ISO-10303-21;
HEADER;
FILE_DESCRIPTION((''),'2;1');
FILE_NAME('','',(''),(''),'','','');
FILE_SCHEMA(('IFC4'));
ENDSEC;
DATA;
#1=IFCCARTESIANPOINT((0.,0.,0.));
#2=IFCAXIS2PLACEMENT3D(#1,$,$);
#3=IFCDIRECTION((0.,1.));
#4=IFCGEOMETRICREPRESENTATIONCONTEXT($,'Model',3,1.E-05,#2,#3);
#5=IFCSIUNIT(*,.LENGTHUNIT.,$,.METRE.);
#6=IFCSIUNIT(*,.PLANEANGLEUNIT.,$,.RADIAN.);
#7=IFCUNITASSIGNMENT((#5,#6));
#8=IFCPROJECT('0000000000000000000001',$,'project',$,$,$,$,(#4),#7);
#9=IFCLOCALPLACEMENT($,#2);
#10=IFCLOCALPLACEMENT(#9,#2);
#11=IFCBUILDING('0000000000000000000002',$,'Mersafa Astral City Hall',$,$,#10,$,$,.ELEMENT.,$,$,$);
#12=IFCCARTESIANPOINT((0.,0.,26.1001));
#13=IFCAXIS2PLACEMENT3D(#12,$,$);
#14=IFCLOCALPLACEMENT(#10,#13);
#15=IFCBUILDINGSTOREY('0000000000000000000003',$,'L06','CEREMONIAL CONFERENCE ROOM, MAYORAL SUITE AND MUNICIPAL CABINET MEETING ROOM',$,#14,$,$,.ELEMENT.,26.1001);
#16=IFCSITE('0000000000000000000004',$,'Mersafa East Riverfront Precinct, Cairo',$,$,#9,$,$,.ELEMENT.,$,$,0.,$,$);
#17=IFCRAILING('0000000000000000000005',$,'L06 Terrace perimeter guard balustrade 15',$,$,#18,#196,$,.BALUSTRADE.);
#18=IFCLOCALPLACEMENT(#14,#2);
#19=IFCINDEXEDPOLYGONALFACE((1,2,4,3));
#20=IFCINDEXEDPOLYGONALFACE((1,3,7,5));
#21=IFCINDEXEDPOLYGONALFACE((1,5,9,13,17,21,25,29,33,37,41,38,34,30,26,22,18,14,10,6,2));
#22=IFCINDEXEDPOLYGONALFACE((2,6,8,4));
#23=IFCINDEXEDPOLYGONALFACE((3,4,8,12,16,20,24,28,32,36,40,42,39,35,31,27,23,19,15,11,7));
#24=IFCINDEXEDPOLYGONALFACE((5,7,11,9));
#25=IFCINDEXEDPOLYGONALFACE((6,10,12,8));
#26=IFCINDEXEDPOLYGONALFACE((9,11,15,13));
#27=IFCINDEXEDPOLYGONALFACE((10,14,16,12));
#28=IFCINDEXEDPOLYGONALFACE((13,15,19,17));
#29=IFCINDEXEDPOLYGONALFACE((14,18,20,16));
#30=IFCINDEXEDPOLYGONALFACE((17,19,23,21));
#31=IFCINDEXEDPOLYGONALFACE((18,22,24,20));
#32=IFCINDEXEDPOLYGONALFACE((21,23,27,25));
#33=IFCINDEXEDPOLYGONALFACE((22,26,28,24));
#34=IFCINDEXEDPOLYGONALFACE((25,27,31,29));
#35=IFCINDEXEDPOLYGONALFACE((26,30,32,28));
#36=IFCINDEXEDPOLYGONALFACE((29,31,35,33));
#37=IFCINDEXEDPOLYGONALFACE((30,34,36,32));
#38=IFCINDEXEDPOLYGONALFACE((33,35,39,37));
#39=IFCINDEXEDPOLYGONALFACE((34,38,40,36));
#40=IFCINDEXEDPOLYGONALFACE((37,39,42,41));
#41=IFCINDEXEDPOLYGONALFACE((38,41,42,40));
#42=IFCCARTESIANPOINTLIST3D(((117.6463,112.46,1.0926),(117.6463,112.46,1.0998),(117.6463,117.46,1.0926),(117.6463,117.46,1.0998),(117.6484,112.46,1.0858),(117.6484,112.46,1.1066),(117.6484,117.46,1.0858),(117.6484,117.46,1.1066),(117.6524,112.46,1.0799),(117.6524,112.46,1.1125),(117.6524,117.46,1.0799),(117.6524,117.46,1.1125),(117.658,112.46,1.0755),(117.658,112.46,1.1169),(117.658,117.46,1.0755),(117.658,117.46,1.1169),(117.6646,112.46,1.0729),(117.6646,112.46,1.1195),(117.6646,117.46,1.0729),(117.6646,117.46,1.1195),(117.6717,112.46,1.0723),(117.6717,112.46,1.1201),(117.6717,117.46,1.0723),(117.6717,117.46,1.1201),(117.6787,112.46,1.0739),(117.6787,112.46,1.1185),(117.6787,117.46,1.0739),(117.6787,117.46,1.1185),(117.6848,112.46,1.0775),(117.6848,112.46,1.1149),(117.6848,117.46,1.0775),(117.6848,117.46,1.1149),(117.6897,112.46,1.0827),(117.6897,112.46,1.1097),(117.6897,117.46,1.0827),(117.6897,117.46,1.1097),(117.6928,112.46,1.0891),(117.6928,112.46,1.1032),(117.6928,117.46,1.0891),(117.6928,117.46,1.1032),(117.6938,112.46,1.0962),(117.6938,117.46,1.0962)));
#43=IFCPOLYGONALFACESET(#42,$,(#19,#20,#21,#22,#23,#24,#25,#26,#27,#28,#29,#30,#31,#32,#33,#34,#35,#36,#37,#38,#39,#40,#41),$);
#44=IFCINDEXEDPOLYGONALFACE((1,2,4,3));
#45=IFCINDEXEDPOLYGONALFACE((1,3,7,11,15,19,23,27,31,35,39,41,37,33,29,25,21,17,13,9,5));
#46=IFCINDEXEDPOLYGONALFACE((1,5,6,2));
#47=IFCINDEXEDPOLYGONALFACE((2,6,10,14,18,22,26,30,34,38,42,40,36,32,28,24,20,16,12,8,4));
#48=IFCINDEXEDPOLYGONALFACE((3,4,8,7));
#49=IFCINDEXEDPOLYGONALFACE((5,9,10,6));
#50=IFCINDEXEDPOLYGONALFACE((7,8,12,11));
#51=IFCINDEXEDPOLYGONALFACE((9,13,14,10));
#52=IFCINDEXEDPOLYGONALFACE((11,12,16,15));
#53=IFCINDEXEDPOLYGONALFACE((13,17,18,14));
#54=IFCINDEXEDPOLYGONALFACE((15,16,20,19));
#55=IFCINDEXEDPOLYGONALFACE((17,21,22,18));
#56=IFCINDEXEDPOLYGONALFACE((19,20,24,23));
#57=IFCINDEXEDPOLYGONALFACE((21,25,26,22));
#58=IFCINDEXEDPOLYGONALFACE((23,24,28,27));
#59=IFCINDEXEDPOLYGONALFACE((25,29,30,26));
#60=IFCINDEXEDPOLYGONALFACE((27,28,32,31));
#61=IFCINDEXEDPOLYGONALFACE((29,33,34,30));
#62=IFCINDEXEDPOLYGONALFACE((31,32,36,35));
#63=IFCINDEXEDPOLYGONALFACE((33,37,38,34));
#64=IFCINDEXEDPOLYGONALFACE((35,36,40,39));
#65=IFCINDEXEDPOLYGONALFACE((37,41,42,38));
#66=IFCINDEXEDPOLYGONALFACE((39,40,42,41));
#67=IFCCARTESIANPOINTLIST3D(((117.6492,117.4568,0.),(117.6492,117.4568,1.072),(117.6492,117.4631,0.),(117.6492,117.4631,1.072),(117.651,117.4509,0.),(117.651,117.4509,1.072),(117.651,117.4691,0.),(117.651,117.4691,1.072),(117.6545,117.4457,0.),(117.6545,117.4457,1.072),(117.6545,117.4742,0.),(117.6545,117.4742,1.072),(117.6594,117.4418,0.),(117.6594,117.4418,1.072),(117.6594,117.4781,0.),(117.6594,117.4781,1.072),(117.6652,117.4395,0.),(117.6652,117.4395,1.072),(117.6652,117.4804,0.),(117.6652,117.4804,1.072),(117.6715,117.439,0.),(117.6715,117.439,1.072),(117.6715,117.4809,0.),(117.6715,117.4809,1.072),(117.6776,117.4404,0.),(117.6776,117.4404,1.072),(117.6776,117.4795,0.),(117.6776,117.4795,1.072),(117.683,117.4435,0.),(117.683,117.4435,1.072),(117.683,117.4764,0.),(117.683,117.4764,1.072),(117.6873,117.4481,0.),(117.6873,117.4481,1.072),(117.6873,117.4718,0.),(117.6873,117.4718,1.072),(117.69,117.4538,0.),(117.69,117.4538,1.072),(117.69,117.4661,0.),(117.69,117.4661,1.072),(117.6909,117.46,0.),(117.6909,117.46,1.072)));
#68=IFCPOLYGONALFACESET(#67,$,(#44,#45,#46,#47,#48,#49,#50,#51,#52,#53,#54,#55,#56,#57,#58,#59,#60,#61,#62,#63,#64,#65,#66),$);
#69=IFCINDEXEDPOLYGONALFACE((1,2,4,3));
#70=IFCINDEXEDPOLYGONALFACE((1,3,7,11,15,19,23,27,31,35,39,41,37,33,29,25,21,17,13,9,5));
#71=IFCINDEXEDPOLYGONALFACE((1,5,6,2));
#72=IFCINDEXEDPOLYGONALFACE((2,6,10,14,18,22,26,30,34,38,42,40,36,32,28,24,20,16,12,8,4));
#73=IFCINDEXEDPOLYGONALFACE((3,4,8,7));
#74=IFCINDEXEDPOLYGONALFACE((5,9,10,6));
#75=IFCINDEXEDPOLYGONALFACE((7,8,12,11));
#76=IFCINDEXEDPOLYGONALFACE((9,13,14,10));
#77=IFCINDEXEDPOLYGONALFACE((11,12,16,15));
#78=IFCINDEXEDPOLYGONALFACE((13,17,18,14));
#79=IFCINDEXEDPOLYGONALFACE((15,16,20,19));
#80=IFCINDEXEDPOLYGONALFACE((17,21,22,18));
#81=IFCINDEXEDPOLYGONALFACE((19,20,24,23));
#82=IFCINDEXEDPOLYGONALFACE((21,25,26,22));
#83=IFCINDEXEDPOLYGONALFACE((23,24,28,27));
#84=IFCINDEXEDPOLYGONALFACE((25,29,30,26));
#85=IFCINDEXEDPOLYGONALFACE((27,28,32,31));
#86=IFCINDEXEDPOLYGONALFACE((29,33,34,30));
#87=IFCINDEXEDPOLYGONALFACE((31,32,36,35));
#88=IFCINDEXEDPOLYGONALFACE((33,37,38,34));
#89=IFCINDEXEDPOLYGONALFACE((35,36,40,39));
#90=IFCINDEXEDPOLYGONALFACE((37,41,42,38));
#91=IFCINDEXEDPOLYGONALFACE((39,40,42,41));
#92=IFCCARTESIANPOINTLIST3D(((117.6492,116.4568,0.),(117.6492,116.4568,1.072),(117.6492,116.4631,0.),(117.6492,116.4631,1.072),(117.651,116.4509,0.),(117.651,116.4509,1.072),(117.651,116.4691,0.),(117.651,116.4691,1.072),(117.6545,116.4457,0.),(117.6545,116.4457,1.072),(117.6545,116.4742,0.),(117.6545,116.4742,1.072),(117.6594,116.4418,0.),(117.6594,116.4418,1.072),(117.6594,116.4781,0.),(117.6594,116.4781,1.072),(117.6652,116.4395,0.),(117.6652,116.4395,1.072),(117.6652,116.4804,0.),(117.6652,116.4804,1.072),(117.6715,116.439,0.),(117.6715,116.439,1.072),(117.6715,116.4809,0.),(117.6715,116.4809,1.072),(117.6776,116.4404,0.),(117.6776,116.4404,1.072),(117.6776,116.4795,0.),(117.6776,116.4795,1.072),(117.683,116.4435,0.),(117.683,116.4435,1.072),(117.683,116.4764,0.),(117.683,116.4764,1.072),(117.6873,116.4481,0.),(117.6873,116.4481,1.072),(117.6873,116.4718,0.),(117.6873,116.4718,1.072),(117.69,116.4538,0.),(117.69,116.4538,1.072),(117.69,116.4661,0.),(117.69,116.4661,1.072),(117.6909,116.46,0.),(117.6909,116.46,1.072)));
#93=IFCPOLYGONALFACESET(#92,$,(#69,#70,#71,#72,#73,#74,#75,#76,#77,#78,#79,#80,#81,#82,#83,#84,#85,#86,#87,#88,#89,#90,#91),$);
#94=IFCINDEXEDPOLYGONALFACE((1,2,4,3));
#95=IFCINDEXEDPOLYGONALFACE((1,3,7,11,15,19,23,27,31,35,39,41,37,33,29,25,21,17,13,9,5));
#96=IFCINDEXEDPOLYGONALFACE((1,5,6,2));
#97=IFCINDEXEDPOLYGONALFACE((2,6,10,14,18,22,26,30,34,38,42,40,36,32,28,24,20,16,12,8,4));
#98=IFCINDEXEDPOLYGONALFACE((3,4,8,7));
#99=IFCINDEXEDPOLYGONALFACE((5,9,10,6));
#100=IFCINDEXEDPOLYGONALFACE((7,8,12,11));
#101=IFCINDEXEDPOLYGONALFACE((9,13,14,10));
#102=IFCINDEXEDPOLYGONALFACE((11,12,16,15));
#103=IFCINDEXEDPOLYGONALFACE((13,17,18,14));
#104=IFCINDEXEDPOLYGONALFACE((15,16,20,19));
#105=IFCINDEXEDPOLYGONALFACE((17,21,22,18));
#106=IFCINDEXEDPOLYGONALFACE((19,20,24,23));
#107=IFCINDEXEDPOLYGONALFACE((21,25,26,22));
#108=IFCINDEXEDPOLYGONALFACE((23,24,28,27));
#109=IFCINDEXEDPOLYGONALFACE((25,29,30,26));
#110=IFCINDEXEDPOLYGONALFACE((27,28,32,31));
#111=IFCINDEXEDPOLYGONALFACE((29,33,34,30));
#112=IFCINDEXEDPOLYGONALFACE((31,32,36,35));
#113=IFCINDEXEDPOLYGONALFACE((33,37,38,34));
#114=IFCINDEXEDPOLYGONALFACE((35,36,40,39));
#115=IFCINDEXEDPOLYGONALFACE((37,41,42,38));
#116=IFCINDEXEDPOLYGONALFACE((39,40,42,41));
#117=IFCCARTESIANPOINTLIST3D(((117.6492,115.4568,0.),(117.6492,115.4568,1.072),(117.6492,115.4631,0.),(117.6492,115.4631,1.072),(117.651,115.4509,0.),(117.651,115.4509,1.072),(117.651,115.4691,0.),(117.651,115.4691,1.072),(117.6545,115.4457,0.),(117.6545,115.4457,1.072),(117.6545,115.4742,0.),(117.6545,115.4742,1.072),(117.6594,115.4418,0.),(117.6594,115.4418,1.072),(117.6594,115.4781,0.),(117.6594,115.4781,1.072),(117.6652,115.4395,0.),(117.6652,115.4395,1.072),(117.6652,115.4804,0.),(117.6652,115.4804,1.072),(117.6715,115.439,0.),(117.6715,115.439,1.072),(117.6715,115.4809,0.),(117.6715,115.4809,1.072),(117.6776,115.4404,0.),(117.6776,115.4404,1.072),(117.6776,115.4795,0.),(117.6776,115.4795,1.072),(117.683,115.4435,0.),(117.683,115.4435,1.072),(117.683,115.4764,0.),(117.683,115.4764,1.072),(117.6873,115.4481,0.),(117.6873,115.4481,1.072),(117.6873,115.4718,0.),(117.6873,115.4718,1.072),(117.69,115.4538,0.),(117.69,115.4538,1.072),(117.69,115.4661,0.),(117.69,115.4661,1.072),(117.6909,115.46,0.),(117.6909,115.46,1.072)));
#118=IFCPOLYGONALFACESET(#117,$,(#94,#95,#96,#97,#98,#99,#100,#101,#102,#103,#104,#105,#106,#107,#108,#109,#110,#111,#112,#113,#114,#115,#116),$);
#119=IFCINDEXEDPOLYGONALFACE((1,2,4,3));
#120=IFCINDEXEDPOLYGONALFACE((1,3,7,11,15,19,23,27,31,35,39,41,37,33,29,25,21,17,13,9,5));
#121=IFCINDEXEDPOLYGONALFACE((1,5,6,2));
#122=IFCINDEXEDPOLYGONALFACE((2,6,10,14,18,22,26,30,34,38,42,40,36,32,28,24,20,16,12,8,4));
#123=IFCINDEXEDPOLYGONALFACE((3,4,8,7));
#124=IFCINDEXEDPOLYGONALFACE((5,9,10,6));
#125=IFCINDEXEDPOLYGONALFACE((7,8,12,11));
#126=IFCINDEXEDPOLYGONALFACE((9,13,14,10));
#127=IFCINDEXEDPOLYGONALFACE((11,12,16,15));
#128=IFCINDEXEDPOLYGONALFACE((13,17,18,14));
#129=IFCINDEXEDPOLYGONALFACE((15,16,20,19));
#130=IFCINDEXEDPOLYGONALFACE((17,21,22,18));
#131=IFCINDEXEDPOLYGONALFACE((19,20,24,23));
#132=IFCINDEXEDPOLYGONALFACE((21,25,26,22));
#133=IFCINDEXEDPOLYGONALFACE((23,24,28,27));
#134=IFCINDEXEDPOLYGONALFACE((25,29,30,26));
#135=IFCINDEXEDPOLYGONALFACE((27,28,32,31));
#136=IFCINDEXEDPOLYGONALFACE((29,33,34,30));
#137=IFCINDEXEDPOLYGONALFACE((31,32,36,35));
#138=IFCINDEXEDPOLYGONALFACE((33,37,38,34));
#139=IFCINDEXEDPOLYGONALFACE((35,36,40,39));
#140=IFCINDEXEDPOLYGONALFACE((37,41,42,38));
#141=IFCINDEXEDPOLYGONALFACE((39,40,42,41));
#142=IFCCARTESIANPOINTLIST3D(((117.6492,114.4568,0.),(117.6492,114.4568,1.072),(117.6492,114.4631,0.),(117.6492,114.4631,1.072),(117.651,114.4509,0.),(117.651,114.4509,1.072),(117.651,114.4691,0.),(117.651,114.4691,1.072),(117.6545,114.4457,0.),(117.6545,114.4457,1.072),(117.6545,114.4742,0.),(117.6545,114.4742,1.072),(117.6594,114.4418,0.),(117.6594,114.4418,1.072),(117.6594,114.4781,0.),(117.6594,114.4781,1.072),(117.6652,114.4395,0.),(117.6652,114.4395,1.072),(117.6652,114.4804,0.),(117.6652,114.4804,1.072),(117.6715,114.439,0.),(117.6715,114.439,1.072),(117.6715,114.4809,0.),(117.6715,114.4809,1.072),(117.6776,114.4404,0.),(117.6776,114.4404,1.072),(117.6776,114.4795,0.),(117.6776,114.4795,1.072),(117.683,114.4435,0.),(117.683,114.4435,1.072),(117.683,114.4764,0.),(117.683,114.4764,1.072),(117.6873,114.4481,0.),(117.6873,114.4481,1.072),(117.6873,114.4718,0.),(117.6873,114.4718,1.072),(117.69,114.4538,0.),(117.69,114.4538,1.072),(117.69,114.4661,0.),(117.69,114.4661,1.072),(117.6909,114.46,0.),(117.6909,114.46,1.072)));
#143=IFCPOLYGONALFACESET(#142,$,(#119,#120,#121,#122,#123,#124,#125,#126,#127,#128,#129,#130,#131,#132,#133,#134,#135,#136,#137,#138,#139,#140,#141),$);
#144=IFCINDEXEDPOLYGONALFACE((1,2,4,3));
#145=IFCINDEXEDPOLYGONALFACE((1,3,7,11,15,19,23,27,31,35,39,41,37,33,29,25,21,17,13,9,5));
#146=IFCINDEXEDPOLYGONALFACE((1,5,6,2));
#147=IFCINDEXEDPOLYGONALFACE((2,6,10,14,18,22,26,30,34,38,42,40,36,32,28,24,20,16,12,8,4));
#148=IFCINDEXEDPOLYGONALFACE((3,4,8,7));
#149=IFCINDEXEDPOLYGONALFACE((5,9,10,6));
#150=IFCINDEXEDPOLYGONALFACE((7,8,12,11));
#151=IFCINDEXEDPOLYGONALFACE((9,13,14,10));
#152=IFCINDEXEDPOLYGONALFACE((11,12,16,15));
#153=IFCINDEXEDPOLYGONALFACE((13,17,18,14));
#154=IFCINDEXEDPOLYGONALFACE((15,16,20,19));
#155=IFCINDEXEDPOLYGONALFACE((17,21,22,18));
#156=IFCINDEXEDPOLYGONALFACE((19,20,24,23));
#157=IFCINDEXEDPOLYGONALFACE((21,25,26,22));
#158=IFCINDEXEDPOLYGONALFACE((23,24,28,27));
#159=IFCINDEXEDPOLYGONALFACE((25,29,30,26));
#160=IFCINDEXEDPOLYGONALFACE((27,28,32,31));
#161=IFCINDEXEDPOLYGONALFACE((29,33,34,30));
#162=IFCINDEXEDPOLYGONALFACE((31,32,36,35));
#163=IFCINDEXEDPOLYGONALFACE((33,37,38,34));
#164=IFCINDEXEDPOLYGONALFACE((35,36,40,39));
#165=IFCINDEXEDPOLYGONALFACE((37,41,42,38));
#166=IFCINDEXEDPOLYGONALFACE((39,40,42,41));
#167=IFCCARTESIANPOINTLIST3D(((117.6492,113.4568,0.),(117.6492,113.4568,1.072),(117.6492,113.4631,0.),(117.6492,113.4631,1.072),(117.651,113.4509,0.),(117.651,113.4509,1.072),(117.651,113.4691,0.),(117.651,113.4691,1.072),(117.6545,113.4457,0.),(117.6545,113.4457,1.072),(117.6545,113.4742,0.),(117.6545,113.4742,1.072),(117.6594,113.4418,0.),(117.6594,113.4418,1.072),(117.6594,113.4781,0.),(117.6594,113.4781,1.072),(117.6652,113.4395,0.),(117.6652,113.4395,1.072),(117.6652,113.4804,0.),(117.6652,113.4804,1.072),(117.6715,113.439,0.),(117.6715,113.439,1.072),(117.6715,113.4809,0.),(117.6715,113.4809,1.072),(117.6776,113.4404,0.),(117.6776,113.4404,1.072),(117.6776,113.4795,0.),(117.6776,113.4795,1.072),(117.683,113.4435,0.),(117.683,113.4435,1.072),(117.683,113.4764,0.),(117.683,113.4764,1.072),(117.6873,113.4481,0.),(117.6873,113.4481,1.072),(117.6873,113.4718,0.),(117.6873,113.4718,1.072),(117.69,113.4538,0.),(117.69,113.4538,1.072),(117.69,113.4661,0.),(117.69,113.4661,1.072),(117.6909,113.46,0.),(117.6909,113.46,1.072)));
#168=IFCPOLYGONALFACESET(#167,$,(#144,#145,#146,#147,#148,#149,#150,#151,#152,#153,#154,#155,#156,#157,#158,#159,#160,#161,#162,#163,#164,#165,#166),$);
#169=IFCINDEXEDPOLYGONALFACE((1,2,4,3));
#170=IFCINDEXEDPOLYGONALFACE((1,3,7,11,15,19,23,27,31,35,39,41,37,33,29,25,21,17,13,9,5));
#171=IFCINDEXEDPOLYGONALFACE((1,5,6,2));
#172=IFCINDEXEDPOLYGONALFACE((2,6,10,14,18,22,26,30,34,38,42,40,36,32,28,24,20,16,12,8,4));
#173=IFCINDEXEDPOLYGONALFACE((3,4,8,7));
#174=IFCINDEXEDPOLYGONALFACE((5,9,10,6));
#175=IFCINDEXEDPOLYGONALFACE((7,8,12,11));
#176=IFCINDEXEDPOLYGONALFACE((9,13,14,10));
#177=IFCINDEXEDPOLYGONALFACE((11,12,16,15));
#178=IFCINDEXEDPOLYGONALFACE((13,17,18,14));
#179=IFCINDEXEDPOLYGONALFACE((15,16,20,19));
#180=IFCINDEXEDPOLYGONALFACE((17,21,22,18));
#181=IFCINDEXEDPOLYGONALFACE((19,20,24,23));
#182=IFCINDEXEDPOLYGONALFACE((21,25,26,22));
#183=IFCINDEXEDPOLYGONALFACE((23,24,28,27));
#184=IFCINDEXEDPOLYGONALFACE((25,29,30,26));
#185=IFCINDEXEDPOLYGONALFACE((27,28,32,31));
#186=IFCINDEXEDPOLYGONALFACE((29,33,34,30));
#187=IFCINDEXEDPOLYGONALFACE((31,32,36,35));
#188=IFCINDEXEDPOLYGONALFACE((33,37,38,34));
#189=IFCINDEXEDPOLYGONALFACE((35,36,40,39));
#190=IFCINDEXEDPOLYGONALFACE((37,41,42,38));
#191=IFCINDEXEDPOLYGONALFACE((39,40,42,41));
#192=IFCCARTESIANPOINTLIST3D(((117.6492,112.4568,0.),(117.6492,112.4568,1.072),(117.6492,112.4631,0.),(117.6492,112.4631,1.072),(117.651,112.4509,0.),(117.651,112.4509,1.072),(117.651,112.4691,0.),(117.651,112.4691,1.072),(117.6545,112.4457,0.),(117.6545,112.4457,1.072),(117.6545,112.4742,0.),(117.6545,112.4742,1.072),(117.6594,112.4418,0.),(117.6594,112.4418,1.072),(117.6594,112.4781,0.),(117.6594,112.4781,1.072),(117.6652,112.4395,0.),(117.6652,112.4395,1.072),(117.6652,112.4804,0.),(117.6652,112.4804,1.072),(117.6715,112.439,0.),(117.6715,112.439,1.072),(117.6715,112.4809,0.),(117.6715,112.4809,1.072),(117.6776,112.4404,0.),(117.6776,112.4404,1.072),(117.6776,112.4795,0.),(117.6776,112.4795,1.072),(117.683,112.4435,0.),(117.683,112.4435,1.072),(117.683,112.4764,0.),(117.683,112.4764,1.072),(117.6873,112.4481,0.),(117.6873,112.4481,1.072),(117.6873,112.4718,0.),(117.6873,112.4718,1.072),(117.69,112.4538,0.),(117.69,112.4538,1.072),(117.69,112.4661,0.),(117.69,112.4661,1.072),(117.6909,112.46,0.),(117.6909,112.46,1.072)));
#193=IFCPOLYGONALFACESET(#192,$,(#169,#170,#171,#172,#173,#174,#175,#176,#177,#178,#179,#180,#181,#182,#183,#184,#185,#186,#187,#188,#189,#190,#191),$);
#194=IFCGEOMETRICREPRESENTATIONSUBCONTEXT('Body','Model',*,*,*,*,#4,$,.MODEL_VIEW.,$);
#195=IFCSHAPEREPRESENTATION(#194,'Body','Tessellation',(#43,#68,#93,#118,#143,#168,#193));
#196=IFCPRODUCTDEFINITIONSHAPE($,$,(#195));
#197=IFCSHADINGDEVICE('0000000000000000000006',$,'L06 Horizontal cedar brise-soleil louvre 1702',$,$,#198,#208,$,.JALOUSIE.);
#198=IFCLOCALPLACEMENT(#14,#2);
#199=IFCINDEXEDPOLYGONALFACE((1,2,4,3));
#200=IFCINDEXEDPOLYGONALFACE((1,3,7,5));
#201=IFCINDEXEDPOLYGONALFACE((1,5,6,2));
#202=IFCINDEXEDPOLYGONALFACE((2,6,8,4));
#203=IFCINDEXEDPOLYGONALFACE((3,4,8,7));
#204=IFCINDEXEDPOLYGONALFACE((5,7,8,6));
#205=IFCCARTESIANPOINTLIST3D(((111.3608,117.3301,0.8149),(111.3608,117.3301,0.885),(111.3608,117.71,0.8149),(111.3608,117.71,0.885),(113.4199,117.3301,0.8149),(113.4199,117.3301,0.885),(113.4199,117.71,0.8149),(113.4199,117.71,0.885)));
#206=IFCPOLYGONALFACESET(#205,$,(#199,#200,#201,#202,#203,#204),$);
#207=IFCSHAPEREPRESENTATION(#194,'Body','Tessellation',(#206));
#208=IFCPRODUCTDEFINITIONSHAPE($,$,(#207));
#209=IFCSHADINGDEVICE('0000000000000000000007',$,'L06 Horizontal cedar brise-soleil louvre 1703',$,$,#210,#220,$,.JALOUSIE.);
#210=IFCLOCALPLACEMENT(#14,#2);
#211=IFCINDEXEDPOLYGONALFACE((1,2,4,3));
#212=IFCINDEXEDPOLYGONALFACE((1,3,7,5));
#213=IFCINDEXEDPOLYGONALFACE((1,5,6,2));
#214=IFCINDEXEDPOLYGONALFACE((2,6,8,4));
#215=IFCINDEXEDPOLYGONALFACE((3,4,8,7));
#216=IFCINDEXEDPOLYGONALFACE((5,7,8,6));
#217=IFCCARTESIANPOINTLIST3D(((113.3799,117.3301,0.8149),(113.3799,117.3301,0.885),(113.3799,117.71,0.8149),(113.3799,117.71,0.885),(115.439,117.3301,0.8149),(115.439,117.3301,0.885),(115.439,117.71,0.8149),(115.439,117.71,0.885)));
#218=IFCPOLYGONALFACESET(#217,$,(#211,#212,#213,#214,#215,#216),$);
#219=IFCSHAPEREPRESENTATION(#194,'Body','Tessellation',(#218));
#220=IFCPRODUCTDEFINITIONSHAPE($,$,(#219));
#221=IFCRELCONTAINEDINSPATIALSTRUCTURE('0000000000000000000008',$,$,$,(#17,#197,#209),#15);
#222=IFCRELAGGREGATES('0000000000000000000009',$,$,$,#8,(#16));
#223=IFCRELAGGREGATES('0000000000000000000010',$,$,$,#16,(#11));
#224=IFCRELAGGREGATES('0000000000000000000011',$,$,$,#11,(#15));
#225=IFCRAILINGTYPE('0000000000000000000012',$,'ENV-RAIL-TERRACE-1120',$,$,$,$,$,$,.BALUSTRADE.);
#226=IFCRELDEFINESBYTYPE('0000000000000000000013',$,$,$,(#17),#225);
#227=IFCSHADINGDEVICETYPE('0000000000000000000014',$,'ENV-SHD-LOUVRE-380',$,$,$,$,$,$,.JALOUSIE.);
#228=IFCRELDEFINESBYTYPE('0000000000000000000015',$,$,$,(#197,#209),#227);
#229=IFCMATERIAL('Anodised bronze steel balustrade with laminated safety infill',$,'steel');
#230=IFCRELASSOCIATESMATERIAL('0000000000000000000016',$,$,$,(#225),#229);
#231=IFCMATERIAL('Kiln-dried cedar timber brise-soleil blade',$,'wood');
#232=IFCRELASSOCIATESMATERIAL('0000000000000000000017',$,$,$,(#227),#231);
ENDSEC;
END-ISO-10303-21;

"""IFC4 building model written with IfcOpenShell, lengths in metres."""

from ifc_helpers import new_model, si_unit, direction, frame, origin, origin_2d, place, context, subcontext, project, spatial, rectangle, circle, extrude, material, type_object, element, save


model = new_model("IFC4")

# Units and contexts
model_context = context("Model", 3, precision=1e-05, world=origin(), true_north=direction((0.0, 1.0)))
body_context = subcontext(model_context, "Body", "Model", "MODEL_VIEW")
ifc_project = project(units=[si_unit("LENGTHUNIT", "METRE"), si_unit("PLANEANGLEUNIT", "RADIAN")], contexts=[model_context])

# Site, building, storey
site_placement = place(None, origin())
site = spatial("IfcSite", under=ifc_project, at=site_placement, Name="Mersafa East Riverfront Precinct, Cairo", CompositionType="ELEMENT", RefElevation=0.0)
building_placement = place(site_placement, origin())
building = spatial("IfcBuilding", under=site, at=building_placement, Name="Mersafa Astral City Hall", CompositionType="ELEMENT")
storey_placement = place(building_placement, frame((0.0, 0.0, 26.1001)))
storey = spatial("IfcBuildingStorey", under=building, at=storey_placement, Name="L06", Description="CEREMONIAL CONFERENCE ROOM, MAYORAL SUITE AND MUNICIPAL CABINET MEETING ROOM", CompositionType="ELEMENT", Elevation=26.1001)

# Railing
ifc_material_1 = material(Name="Anodised bronze steel balustrade with laminated safety infill", Category="steel")
railing_type = type_object("IfcRailingType", Name="ENV-RAIL-TERRACE-1120", PredefinedType="BALUSTRADE", material=ifc_material_1)
railing_1_placement = place(storey_placement, frame((117.6699, 117.46, 0.0)))
element("IfcRailing", 1, at=railing_1_placement, inside=storey, type_object=railing_type, Name="L06 Terrace perimeter guard balustrade 15", PredefinedType="BALUSTRADE", context=body_context, shape_type="SweptSolid", body=[
    extrude(circle(Radius=0.0239, at=origin_2d()), frame((0.0, 0.0, 1.0962), z_axis=(0.0, -1.0, 0.0), x_axis=(1.0, 0.0, 0.0)), (0.0, 0.0, 1.0), 5.0),
    extrude(circle(Radius=0.021, at=origin_2d()), origin(), (0.0, 0.0, 1.0), 1.072),
    extrude(circle(Radius=0.021, at=origin_2d()), frame((0.0, -1.0, 0.0)), (0.0, 0.0, 1.0), 1.072),
    extrude(circle(Radius=0.021, at=origin_2d()), frame((0.0, -2.0, 0.0)), (0.0, 0.0, 1.0), 1.072),
    extrude(circle(Radius=0.021, at=origin_2d()), frame((0.0, -3.0, 0.0)), (0.0, 0.0, 1.0), 1.072),
    extrude(circle(Radius=0.021, at=origin_2d()), frame((0.0, -4.0, 0.0)), (0.0, 0.0, 1.0), 1.072),
    extrude(circle(Radius=0.021, at=origin_2d()), frame((0.0, -5.0, 0.0)), (0.0, 0.0, 1.0), 1.072),
])

# Shading devices
ifc_material_2 = material(Name="Kiln-dried cedar timber brise-soleil blade", Category="wood")
shading_device_type = type_object("IfcShadingDeviceType", Name="ENV-SHD-LOUVRE-380", PredefinedType="JALOUSIE", material=ifc_material_2)
for number, where, z_axis, x_axis, name in (
    (2, (112.3904, 117.52, 0.8149), (0.0, 0.0, 1.0), (1.0, 0.0, 0.0), "L06 Horizontal cedar brise-soleil louvre 1702"),
    (3, (114.4094, 117.52, 0.8149), (0.0, 0.0, 1.0), (1.0, 0.0, 0.0), "L06 Horizontal cedar brise-soleil louvre 1703"),
):
    element("IfcShadingDevice", number, at=place(storey_placement, frame(where, z_axis=z_axis, x_axis=x_axis)), inside=storey, type_object=shading_device_type, Name=name, PredefinedType="JALOUSIE", context=body_context, shape_type="SweptSolid", body=[
        extrude(rectangle(XDim=2.0591, YDim=0.3799, at=origin_2d()), origin(), (0.0, 0.0, 1.0), 0.0701),
    ])

save(model, "model.ifc")
